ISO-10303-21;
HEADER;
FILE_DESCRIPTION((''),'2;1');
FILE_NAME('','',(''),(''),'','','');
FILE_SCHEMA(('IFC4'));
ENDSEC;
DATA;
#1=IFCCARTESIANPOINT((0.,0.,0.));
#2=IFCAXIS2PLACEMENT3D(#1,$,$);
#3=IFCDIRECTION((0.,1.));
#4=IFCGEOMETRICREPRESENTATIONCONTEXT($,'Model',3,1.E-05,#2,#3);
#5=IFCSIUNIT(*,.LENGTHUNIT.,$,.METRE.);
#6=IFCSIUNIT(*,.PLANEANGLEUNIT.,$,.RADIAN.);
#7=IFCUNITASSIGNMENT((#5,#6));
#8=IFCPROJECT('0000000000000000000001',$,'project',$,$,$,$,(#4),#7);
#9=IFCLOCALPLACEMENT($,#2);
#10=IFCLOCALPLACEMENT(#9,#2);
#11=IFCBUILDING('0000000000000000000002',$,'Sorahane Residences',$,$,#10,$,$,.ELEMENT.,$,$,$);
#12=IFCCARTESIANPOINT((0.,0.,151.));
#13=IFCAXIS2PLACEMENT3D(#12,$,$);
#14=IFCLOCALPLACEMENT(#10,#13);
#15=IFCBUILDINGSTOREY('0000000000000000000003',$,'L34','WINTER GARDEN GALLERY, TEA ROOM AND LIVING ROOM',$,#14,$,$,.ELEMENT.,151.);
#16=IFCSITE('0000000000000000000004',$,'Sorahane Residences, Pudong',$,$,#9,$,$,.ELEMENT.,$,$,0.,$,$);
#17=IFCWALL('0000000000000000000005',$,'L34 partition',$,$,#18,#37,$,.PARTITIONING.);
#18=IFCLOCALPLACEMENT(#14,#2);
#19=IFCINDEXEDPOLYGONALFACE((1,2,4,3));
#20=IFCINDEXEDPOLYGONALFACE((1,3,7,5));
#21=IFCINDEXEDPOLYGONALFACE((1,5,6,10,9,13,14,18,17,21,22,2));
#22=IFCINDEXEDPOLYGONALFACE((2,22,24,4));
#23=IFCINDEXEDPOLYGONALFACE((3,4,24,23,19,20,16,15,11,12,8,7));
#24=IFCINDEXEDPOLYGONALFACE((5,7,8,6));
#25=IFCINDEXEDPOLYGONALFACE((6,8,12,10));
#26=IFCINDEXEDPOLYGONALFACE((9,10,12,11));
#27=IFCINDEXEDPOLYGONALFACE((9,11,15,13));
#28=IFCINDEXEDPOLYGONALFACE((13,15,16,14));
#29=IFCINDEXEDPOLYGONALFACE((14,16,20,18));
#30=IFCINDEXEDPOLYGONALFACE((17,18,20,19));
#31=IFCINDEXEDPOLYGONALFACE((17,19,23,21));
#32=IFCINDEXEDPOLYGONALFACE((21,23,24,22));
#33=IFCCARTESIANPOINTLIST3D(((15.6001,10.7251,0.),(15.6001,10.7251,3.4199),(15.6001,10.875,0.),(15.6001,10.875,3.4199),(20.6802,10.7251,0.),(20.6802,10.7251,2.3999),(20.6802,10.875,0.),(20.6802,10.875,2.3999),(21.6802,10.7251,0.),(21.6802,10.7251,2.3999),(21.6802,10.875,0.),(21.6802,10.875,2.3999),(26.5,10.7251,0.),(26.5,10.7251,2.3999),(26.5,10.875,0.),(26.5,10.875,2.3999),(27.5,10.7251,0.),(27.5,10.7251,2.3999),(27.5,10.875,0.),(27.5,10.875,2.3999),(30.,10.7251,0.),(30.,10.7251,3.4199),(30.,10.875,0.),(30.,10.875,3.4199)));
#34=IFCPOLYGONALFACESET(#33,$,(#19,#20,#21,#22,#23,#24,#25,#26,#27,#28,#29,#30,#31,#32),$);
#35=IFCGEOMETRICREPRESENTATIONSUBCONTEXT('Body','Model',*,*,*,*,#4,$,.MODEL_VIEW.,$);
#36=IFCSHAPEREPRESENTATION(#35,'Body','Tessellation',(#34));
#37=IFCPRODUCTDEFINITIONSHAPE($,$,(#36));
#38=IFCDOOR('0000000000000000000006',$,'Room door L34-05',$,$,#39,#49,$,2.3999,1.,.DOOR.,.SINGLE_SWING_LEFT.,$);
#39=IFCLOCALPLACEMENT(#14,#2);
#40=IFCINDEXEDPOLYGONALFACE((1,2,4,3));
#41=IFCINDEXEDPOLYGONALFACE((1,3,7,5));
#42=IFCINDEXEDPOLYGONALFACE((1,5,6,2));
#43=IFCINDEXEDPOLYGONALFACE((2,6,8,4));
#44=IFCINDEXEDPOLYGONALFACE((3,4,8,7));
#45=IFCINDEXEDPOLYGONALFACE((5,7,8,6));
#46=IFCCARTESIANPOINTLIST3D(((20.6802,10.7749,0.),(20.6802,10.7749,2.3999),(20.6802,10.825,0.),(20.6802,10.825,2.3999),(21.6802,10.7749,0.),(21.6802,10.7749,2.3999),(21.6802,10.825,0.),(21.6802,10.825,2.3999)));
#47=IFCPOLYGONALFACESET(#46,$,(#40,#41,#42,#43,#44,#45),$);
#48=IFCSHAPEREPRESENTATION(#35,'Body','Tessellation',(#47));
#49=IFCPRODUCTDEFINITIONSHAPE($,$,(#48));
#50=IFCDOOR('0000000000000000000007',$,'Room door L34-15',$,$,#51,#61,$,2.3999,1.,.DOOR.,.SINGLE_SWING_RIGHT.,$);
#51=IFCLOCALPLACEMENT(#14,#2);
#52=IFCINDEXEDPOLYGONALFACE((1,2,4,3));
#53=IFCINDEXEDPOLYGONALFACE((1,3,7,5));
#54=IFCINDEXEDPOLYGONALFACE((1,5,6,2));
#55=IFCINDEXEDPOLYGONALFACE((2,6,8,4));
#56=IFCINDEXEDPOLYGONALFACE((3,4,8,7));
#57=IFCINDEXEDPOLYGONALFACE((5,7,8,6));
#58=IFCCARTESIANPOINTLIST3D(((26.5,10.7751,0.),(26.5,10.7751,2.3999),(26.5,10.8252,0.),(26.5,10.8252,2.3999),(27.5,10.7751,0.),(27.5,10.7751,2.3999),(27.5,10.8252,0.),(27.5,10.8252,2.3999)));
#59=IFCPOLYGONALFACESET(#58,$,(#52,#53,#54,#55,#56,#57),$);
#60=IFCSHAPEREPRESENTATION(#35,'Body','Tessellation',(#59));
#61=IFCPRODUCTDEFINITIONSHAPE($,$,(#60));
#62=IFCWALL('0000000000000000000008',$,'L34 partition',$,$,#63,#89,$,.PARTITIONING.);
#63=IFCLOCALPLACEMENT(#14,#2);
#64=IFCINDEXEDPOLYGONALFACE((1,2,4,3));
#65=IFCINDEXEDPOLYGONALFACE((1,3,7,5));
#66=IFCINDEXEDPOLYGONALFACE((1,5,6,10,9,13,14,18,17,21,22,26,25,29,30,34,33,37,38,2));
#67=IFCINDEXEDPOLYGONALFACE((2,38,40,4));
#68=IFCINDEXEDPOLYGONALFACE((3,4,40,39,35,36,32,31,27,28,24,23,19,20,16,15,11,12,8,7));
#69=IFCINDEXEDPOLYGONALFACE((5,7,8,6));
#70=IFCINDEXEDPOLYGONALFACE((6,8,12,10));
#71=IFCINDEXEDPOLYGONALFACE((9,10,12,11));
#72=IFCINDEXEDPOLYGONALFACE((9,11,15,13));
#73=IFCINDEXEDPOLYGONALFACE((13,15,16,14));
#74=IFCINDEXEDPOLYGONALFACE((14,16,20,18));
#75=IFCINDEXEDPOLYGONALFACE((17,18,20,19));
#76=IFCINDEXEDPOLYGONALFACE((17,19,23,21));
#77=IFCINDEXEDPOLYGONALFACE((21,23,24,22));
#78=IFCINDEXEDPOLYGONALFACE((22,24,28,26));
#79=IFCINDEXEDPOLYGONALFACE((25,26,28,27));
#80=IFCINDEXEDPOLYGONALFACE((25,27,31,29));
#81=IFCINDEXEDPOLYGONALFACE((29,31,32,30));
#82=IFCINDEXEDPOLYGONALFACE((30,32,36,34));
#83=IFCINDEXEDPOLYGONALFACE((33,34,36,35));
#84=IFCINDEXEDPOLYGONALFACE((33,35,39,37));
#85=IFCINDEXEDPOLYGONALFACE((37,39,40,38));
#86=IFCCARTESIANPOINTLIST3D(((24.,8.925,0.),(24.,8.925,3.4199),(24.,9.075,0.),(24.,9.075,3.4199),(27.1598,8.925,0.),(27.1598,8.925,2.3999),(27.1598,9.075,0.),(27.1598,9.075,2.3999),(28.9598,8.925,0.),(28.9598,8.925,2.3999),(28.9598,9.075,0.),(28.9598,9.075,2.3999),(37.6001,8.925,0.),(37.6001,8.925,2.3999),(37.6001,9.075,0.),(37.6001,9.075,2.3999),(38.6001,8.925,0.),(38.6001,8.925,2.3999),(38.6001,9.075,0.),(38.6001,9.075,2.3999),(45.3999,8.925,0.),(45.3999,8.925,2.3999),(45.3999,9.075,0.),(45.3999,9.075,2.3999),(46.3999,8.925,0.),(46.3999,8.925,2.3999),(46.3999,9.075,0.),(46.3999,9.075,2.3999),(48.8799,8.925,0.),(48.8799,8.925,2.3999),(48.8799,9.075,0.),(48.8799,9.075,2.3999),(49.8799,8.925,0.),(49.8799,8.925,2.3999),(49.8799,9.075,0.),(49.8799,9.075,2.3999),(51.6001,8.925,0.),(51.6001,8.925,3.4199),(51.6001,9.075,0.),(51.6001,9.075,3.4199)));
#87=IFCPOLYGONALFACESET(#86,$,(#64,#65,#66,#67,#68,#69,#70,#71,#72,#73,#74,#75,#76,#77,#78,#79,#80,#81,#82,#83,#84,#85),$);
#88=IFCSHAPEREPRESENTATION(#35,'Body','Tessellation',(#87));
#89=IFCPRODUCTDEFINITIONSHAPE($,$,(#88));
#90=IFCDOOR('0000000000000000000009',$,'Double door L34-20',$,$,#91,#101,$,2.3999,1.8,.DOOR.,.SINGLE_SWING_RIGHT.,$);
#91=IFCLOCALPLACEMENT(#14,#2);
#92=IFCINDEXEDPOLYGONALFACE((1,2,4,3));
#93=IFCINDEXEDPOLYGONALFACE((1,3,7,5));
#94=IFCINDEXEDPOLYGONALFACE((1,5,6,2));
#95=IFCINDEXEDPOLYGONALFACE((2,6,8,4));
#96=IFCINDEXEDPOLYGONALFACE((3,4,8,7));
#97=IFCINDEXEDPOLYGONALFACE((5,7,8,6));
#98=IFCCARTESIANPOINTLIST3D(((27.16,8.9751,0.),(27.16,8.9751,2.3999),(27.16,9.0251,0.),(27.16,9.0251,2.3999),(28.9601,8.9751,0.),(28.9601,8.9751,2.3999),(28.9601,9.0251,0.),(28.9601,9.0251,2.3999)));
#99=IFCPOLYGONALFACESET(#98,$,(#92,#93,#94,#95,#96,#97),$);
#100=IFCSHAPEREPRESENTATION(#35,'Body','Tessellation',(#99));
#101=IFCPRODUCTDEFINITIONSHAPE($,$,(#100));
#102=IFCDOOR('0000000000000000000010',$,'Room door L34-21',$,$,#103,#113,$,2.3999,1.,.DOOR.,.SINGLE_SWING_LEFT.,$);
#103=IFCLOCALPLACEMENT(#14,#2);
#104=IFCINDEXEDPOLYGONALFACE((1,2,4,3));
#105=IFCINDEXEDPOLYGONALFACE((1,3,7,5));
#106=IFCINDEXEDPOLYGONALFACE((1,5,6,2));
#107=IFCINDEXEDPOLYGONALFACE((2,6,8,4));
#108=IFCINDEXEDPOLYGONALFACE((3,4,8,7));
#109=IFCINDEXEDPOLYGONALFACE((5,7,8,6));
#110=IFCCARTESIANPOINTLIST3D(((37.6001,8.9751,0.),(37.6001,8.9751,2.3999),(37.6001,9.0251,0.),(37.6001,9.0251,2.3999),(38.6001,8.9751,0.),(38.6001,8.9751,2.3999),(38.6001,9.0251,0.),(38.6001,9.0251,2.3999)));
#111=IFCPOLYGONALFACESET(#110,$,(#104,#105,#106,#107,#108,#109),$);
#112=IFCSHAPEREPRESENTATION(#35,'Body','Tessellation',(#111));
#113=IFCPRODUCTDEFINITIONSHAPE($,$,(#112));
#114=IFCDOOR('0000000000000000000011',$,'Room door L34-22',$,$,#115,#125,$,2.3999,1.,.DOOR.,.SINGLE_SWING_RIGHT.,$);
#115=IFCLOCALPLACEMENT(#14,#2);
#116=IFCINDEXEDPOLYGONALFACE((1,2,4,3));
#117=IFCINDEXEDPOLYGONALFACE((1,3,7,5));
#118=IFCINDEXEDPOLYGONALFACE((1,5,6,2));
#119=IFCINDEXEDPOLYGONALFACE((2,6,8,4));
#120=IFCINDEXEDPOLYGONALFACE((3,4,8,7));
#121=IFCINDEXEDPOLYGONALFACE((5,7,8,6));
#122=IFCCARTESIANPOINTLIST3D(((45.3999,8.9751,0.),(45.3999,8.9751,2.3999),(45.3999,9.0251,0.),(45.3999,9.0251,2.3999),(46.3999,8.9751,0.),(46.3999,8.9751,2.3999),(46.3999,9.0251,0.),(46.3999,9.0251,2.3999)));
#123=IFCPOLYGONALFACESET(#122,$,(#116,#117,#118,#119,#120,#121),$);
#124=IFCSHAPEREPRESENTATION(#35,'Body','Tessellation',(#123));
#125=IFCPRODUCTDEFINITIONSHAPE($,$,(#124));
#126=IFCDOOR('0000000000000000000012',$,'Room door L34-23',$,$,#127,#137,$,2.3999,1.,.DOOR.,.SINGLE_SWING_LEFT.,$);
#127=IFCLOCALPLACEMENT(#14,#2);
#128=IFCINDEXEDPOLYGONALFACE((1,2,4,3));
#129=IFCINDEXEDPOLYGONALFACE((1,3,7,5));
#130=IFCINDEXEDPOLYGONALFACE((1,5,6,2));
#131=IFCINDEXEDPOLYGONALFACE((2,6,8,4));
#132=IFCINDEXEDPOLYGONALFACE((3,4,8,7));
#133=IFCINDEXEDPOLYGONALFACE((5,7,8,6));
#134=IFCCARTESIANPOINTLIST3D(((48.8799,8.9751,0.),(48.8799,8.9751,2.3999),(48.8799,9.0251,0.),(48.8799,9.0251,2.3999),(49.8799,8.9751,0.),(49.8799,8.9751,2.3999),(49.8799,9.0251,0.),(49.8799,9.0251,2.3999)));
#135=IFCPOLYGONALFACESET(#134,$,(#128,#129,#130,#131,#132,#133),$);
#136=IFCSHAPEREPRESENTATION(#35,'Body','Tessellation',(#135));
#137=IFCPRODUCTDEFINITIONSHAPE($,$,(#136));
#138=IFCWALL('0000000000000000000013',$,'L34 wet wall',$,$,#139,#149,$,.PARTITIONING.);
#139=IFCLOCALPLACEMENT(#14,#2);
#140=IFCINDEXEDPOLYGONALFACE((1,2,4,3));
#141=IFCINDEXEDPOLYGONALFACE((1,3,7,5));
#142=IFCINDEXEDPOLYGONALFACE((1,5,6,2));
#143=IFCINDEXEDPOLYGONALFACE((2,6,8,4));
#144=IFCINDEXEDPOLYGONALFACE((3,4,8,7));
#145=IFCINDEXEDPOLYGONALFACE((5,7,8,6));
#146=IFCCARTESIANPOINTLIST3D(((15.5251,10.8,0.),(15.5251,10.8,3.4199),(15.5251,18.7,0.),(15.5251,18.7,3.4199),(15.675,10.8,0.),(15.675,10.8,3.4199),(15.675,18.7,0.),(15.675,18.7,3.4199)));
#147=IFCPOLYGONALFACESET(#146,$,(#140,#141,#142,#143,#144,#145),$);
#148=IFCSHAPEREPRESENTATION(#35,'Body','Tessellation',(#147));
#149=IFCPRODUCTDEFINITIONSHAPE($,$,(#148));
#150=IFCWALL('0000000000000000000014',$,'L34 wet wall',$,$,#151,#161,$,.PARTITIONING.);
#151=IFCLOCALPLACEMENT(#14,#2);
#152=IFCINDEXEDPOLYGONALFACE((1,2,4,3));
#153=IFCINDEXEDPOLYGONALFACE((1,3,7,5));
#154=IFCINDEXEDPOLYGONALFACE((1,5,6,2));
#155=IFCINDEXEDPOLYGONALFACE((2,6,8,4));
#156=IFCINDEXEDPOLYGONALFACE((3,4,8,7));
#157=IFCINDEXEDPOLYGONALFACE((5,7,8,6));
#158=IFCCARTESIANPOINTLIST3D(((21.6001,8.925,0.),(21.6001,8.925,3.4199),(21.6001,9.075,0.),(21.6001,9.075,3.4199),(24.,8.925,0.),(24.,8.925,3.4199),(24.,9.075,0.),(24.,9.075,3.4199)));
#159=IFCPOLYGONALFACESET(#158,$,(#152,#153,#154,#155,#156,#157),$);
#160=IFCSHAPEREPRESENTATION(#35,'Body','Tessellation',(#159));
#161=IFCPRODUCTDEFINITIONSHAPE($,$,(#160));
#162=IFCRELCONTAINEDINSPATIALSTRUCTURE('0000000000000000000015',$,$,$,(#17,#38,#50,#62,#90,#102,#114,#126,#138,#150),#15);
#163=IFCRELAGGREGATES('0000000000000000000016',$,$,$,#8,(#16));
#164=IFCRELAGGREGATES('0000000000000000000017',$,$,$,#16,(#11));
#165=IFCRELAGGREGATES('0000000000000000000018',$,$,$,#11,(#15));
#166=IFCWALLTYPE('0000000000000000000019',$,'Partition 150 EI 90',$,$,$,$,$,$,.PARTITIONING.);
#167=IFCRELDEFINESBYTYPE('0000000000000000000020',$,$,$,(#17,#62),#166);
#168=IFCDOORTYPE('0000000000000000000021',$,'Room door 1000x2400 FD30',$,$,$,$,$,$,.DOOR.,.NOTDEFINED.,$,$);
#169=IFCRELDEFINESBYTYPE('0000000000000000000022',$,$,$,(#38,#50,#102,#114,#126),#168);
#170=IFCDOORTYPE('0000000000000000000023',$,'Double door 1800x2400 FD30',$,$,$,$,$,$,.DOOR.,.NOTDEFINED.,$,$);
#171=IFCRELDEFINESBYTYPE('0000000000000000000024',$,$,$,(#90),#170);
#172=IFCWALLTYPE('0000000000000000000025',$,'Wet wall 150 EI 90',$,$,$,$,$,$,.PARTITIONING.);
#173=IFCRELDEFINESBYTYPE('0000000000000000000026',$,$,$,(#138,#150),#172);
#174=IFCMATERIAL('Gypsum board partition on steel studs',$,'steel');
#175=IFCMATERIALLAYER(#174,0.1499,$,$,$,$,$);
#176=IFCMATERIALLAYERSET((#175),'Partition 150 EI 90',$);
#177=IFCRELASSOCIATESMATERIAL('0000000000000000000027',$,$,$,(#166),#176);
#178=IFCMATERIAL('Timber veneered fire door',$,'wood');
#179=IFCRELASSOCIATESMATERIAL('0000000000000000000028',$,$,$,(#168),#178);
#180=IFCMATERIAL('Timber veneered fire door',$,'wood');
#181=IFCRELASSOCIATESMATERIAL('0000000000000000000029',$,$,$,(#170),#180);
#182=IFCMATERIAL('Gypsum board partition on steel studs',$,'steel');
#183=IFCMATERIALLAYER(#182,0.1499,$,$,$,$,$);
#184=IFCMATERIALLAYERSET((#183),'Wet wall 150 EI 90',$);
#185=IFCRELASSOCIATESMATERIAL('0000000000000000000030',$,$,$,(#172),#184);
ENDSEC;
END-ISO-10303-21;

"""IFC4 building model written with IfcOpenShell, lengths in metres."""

from ifc_helpers import new_model, si_unit, direction, frame, frame_2d, origin, place, context, subcontext, project, spatial, rectangle, extrude, material, layer, layer_set, type_object, element, fill, save


model = new_model("IFC4")

# Units and contexts
model_context = context("Model", 3, precision=1e-05, world=origin(), true_north=direction((0.0, 1.0)))
body_context = subcontext(model_context, "Body", "Model", "MODEL_VIEW")
ifc_project = project(units=[si_unit("LENGTHUNIT", "METRE"), si_unit("PLANEANGLEUNIT", "RADIAN")], contexts=[model_context])

# Site, building, storey
site_placement = place(None, origin())
site = spatial("IfcSite", under=ifc_project, at=site_placement, Name="Sorahane Residences, Pudong", CompositionType="ELEMENT", RefElevation=0.0)
building_placement = place(site_placement, origin())
building = spatial("IfcBuilding", under=site, at=building_placement, Name="Sorahane Residences", CompositionType="ELEMENT")
storey_placement = place(building_placement, frame((0.0, 0.0, 151.0)))
storey = spatial("IfcBuildingStorey", under=building, at=storey_placement, Name="L34", Description="WINTER GARDEN GALLERY, TEA ROOM AND LIVING ROOM", CompositionType="ELEMENT", Elevation=151.0)

# Walls, openings, doors
ifc_material_1 = material(Name="Gypsum board partition on steel studs", Category="steel")
ifc_layer_1 = layer(ifc_material_1, 0.1499)
ifc_layer_set_1 = layer_set([ifc_layer_1], Name="Partition 150 EI 90")
wall_type_1 = type_object("IfcWallType", Name="Partition 150 EI 90", PredefinedType="PARTITIONING", material=ifc_layer_set_1)
wall_1_placement = place(storey_placement, frame((15.6001, 10.8, 0.0), z_axis=(0.0, 0.0, 1.0), x_axis=(1.0, 0.0, 0.0)))
wall_1 = element("IfcWall", 1, at=wall_1_placement, inside=storey, type_object=wall_type_1, Name="L34 partition", PredefinedType="PARTITIONING", context=body_context, shape_type="SweptSolid", body=[
    extrude(rectangle(XDim=14.3999, YDim=0.1499, at=frame_2d((7.2, 0.0))), origin(), (0.0, 0.0, 1.0), 3.4199),
])
opening_1_placement = place(wall_1_placement, frame((5.0801, 0.0, 0.0)))
opening_1 = element("IfcOpeningElement", 2, at=opening_1_placement, cuts=wall_1, PredefinedType="OPENING", context=body_context, shape_type="SweptSolid", body=[
    extrude(rectangle(XDim=1.0, YDim=2.3999, at=frame_2d((0.5, 1.2))), frame((0.0, 0.085, 0.0), z_axis=(0.0, -1.0, 0.0), x_axis=(1.0, 0.0, 0.0)), (0.0, 0.0, 1.0), 0.1699),
])
opening_2_placement = place(wall_1_placement, frame((10.8999, 0.0, 0.0)))
opening_2 = element("IfcOpeningElement", 3, at=opening_2_placement, cuts=wall_1, PredefinedType="OPENING", context=body_context, shape_type="SweptSolid", body=[
    extrude(rectangle(XDim=1.0, YDim=2.3999, at=frame_2d((0.5, 1.2))), frame((0.0, 0.085, 0.0), z_axis=(0.0, -1.0, 0.0), x_axis=(1.0, 0.0, 0.0)), (0.0, 0.0, 1.0), 0.1699),
])
ifc_material_2 = material(Name="Timber veneered fire door", Category="wood")
door_type_1 = type_object("IfcDoorType", Name="Room door 1000x2400 FD30", OperationType="NOTDEFINED", PredefinedType="DOOR", material=ifc_material_2)
door_1_placement = place(opening_1_placement, origin())
door_1 = element("IfcDoor", 4, at=door_1_placement, inside=storey, type_object=door_type_1, Name="Room door L34-05", OperationType="SINGLE_SWING_LEFT", OverallHeight=2.3999, OverallWidth=1.0, PredefinedType="DOOR", context=body_context, shape_type="SweptSolid", body=[
    extrude(rectangle(XDim=1.0, YDim=2.3999, at=frame_2d((0.5, 1.2))), frame((0.0, 0.0249, 0.0), z_axis=(0.0, -1.0, 0.0), x_axis=(1.0, 0.0, 0.0)), (0.0, 0.0, 1.0), 0.05),
])
fill(opening_1, door_1)
door_2_placement = place(opening_2_placement, frame((1.0, 0.0, 0.0), z_axis=(0.0, 0.0, 1.0), x_axis=(-1.0, 0.0, 0.0)))
door_2 = element("IfcDoor", 5, at=door_2_placement, inside=storey, type_object=door_type_1, Name="Room door L34-15", OperationType="SINGLE_SWING_RIGHT", OverallHeight=2.3999, OverallWidth=1.0, PredefinedType="DOOR", context=body_context, shape_type="SweptSolid", body=[
    extrude(rectangle(XDim=1.0, YDim=2.3999, at=frame_2d((0.5, 1.2))), frame((0.0, 0.0249, 0.0), z_axis=(0.0, -1.0, 0.0), x_axis=(1.0, 0.0, 0.0)), (0.0, 0.0, 1.0), 0.05),
])
fill(opening_2, door_2)
wall_2_placement = place(storey_placement, frame((24.0, 9.0, 0.0), z_axis=(0.0, 0.0, 1.0), x_axis=(1.0, 0.0, 0.0)))
wall_2 = element("IfcWall", 6, at=wall_2_placement, inside=storey, type_object=wall_type_1, Name="L34 partition", PredefinedType="PARTITIONING", context=body_context, shape_type="SweptSolid", body=[
    extrude(rectangle(XDim=27.6001, YDim=0.1499, at=frame_2d((13.8, 0.0))), origin(), (0.0, 0.0, 1.0), 3.4199),
])
opening_3_placement = place(wall_2_placement, frame((3.1599, 0.0, 0.0)))
opening_3 = element("IfcOpeningElement", 7, at=opening_3_placement, cuts=wall_2, PredefinedType="OPENING", context=body_context, shape_type="SweptSolid", body=[
    extrude(rectangle(XDim=1.8, YDim=2.3999, at=frame_2d((0.8999, 1.2))), frame((0.0, 0.085, 0.0), z_axis=(0.0, -1.0, 0.0), x_axis=(1.0, 0.0, 0.0)), (0.0, 0.0, 1.0), 0.1699),
])
opening_4_placement = place(wall_2_placement, frame((13.6001, 0.0, 0.0)))
opening_4 = element("IfcOpeningElement", 8, at=opening_4_placement, cuts=wall_2, PredefinedType="OPENING", context=body_context, shape_type="SweptSolid", body=[
    extrude(rectangle(XDim=1.0, YDim=2.3999, at=frame_2d((0.5, 1.2))), frame((0.0, 0.085, 0.0), z_axis=(0.0, -1.0, 0.0), x_axis=(1.0, 0.0, 0.0)), (0.0, 0.0, 1.0), 0.1699),
])
opening_5_placement = place(wall_2_placement, frame((21.3999, 0.0, 0.0)))
opening_5 = element("IfcOpeningElement", 9, at=opening_5_placement, cuts=wall_2, PredefinedType="OPENING", context=body_context, shape_type="SweptSolid", body=[
    extrude(rectangle(XDim=1.0, YDim=2.3999, at=frame_2d((0.5, 1.2))), frame((0.0, 0.085, 0.0), z_axis=(0.0, -1.0, 0.0), x_axis=(1.0, 0.0, 0.0)), (0.0, 0.0, 1.0), 0.1699),
])
opening_6_placement = place(wall_2_placement, frame((24.8799, 0.0, 0.0)))
opening_6 = element("IfcOpeningElement", 10, at=opening_6_placement, cuts=wall_2, PredefinedType="OPENING", context=body_context, shape_type="SweptSolid", body=[
    extrude(rectangle(XDim=1.0, YDim=2.3999, at=frame_2d((0.5, 1.2))), frame((0.0, 0.085, 0.0), z_axis=(0.0, -1.0, 0.0), x_axis=(1.0, 0.0, 0.0)), (0.0, 0.0, 1.0), 0.1699),
])
ifc_material_3 = material(Name="Timber veneered fire door", Category="wood")
door_type_2 = type_object("IfcDoorType", Name="Double door 1800x2400 FD30", OperationType="NOTDEFINED", PredefinedType="DOOR", material=ifc_material_3)
door_3_placement = place(opening_3_placement, frame((1.8, 0.0, 0.0), z_axis=(0.0, 0.0, 1.0), x_axis=(-1.0, 0.0, 0.0)))
door_3 = element("IfcDoor", 11, at=door_3_placement, inside=storey, type_object=door_type_2, Name="Double door L34-20", OperationType="SINGLE_SWING_RIGHT", OverallHeight=2.3999, OverallWidth=1.8, PredefinedType="DOOR", context=body_context, shape_type="SweptSolid", body=[
    extrude(rectangle(XDim=1.8, YDim=2.3999, at=frame_2d((0.8999, 1.2))), frame((0.0, 0.0249, 0.0), z_axis=(0.0, -1.0, 0.0), x_axis=(1.0, 0.0, 0.0)), (0.0, 0.0, 1.0), 0.05),
])
fill(opening_3, door_3)
door_4_placement = place(opening_4_placement, frame((1.0, 0.0, 0.0), z_axis=(0.0, 0.0, 1.0), x_axis=(-1.0, 0.0, 0.0)))
door_4 = element("IfcDoor", 12, at=door_4_placement, inside=storey, type_object=door_type_1, Name="Room door L34-21", OperationType="SINGLE_SWING_LEFT", OverallHeight=2.3999, OverallWidth=1.0, PredefinedType="DOOR", context=body_context, shape_type="SweptSolid", body=[
    extrude(rectangle(XDim=1.0, YDim=2.3999, at=frame_2d((0.5, 1.2))), frame((0.0, 0.0249, 0.0), z_axis=(0.0, -1.0, 0.0), x_axis=(1.0, 0.0, 0.0)), (0.0, 0.0, 1.0), 0.05),
])
fill(opening_4, door_4)
door_5_placement = place(opening_5_placement, frame((1.0, 0.0, 0.0), z_axis=(0.0, 0.0, 1.0), x_axis=(-1.0, 0.0, 0.0)))
door_5 = element("IfcDoor", 13, at=door_5_placement, inside=storey, type_object=door_type_1, Name="Room door L34-22", OperationType="SINGLE_SWING_RIGHT", OverallHeight=2.3999, OverallWidth=1.0, PredefinedType="DOOR", context=body_context, shape_type="SweptSolid", body=[
    extrude(rectangle(XDim=1.0, YDim=2.3999, at=frame_2d((0.5, 1.2))), frame((0.0, 0.0249, 0.0), z_axis=(0.0, -1.0, 0.0), x_axis=(1.0, 0.0, 0.0)), (0.0, 0.0, 1.0), 0.05),
])
fill(opening_5, door_5)
door_6_placement = place(opening_6_placement, frame((1.0, 0.0, 0.0), z_axis=(0.0, 0.0, 1.0), x_axis=(-1.0, 0.0, 0.0)))
door_6 = element("IfcDoor", 14, at=door_6_placement, inside=storey, type_object=door_type_1, Name="Room door L34-23", OperationType="SINGLE_SWING_LEFT", OverallHeight=2.3999, OverallWidth=1.0, PredefinedType="DOOR", context=body_context, shape_type="SweptSolid", body=[
    extrude(rectangle(XDim=1.0, YDim=2.3999, at=frame_2d((0.5, 1.2))), frame((0.0, 0.0249, 0.0), z_axis=(0.0, -1.0, 0.0), x_axis=(1.0, 0.0, 0.0)), (0.0, 0.0, 1.0), 0.05),
])
fill(opening_6, door_6)

# Wall
ifc_material_4 = material(Name="Gypsum board partition on steel studs", Category="steel")
ifc_layer_2 = layer(ifc_material_4, 0.1499)
ifc_layer_set_2 = layer_set([ifc_layer_2], Name="Wet wall 150 EI 90")
wall_type_2 = type_object("IfcWallType", Name="Wet wall 150 EI 90", PredefinedType="PARTITIONING", material=ifc_layer_set_2)
wall_3_placement = place(storey_placement, frame((15.6001, 10.8, 0.0), z_axis=(0.0, 0.0, 1.0), x_axis=(0.0, 1.0, 0.0)))
element("IfcWall", 15, at=wall_3_placement, inside=storey, type_object=wall_type_2, Name="L34 wet wall", PredefinedType="PARTITIONING", context=body_context, shape_type="SweptSolid", body=[
    extrude(rectangle(XDim=7.8999, YDim=0.1499, at=frame_2d((3.95, 0.0))), origin(), (0.0, 0.0, 1.0), 3.4199),
])

# Wall
wall_4_placement = place(storey_placement, frame((21.6001, 9.0, 0.0), z_axis=(0.0, 0.0, 1.0), x_axis=(1.0, 0.0, 0.0)))
element("IfcWall", 16, at=wall_4_placement, inside=storey, type_object=wall_type_2, Name="L34 wet wall", PredefinedType="PARTITIONING", context=body_context, shape_type="SweptSolid", body=[
    extrude(rectangle(XDim=2.3999, YDim=0.1499, at=frame_2d((1.2, 0.0))), origin(), (0.0, 0.0, 1.0), 3.4199),
])

save(model, "model.ifc")
